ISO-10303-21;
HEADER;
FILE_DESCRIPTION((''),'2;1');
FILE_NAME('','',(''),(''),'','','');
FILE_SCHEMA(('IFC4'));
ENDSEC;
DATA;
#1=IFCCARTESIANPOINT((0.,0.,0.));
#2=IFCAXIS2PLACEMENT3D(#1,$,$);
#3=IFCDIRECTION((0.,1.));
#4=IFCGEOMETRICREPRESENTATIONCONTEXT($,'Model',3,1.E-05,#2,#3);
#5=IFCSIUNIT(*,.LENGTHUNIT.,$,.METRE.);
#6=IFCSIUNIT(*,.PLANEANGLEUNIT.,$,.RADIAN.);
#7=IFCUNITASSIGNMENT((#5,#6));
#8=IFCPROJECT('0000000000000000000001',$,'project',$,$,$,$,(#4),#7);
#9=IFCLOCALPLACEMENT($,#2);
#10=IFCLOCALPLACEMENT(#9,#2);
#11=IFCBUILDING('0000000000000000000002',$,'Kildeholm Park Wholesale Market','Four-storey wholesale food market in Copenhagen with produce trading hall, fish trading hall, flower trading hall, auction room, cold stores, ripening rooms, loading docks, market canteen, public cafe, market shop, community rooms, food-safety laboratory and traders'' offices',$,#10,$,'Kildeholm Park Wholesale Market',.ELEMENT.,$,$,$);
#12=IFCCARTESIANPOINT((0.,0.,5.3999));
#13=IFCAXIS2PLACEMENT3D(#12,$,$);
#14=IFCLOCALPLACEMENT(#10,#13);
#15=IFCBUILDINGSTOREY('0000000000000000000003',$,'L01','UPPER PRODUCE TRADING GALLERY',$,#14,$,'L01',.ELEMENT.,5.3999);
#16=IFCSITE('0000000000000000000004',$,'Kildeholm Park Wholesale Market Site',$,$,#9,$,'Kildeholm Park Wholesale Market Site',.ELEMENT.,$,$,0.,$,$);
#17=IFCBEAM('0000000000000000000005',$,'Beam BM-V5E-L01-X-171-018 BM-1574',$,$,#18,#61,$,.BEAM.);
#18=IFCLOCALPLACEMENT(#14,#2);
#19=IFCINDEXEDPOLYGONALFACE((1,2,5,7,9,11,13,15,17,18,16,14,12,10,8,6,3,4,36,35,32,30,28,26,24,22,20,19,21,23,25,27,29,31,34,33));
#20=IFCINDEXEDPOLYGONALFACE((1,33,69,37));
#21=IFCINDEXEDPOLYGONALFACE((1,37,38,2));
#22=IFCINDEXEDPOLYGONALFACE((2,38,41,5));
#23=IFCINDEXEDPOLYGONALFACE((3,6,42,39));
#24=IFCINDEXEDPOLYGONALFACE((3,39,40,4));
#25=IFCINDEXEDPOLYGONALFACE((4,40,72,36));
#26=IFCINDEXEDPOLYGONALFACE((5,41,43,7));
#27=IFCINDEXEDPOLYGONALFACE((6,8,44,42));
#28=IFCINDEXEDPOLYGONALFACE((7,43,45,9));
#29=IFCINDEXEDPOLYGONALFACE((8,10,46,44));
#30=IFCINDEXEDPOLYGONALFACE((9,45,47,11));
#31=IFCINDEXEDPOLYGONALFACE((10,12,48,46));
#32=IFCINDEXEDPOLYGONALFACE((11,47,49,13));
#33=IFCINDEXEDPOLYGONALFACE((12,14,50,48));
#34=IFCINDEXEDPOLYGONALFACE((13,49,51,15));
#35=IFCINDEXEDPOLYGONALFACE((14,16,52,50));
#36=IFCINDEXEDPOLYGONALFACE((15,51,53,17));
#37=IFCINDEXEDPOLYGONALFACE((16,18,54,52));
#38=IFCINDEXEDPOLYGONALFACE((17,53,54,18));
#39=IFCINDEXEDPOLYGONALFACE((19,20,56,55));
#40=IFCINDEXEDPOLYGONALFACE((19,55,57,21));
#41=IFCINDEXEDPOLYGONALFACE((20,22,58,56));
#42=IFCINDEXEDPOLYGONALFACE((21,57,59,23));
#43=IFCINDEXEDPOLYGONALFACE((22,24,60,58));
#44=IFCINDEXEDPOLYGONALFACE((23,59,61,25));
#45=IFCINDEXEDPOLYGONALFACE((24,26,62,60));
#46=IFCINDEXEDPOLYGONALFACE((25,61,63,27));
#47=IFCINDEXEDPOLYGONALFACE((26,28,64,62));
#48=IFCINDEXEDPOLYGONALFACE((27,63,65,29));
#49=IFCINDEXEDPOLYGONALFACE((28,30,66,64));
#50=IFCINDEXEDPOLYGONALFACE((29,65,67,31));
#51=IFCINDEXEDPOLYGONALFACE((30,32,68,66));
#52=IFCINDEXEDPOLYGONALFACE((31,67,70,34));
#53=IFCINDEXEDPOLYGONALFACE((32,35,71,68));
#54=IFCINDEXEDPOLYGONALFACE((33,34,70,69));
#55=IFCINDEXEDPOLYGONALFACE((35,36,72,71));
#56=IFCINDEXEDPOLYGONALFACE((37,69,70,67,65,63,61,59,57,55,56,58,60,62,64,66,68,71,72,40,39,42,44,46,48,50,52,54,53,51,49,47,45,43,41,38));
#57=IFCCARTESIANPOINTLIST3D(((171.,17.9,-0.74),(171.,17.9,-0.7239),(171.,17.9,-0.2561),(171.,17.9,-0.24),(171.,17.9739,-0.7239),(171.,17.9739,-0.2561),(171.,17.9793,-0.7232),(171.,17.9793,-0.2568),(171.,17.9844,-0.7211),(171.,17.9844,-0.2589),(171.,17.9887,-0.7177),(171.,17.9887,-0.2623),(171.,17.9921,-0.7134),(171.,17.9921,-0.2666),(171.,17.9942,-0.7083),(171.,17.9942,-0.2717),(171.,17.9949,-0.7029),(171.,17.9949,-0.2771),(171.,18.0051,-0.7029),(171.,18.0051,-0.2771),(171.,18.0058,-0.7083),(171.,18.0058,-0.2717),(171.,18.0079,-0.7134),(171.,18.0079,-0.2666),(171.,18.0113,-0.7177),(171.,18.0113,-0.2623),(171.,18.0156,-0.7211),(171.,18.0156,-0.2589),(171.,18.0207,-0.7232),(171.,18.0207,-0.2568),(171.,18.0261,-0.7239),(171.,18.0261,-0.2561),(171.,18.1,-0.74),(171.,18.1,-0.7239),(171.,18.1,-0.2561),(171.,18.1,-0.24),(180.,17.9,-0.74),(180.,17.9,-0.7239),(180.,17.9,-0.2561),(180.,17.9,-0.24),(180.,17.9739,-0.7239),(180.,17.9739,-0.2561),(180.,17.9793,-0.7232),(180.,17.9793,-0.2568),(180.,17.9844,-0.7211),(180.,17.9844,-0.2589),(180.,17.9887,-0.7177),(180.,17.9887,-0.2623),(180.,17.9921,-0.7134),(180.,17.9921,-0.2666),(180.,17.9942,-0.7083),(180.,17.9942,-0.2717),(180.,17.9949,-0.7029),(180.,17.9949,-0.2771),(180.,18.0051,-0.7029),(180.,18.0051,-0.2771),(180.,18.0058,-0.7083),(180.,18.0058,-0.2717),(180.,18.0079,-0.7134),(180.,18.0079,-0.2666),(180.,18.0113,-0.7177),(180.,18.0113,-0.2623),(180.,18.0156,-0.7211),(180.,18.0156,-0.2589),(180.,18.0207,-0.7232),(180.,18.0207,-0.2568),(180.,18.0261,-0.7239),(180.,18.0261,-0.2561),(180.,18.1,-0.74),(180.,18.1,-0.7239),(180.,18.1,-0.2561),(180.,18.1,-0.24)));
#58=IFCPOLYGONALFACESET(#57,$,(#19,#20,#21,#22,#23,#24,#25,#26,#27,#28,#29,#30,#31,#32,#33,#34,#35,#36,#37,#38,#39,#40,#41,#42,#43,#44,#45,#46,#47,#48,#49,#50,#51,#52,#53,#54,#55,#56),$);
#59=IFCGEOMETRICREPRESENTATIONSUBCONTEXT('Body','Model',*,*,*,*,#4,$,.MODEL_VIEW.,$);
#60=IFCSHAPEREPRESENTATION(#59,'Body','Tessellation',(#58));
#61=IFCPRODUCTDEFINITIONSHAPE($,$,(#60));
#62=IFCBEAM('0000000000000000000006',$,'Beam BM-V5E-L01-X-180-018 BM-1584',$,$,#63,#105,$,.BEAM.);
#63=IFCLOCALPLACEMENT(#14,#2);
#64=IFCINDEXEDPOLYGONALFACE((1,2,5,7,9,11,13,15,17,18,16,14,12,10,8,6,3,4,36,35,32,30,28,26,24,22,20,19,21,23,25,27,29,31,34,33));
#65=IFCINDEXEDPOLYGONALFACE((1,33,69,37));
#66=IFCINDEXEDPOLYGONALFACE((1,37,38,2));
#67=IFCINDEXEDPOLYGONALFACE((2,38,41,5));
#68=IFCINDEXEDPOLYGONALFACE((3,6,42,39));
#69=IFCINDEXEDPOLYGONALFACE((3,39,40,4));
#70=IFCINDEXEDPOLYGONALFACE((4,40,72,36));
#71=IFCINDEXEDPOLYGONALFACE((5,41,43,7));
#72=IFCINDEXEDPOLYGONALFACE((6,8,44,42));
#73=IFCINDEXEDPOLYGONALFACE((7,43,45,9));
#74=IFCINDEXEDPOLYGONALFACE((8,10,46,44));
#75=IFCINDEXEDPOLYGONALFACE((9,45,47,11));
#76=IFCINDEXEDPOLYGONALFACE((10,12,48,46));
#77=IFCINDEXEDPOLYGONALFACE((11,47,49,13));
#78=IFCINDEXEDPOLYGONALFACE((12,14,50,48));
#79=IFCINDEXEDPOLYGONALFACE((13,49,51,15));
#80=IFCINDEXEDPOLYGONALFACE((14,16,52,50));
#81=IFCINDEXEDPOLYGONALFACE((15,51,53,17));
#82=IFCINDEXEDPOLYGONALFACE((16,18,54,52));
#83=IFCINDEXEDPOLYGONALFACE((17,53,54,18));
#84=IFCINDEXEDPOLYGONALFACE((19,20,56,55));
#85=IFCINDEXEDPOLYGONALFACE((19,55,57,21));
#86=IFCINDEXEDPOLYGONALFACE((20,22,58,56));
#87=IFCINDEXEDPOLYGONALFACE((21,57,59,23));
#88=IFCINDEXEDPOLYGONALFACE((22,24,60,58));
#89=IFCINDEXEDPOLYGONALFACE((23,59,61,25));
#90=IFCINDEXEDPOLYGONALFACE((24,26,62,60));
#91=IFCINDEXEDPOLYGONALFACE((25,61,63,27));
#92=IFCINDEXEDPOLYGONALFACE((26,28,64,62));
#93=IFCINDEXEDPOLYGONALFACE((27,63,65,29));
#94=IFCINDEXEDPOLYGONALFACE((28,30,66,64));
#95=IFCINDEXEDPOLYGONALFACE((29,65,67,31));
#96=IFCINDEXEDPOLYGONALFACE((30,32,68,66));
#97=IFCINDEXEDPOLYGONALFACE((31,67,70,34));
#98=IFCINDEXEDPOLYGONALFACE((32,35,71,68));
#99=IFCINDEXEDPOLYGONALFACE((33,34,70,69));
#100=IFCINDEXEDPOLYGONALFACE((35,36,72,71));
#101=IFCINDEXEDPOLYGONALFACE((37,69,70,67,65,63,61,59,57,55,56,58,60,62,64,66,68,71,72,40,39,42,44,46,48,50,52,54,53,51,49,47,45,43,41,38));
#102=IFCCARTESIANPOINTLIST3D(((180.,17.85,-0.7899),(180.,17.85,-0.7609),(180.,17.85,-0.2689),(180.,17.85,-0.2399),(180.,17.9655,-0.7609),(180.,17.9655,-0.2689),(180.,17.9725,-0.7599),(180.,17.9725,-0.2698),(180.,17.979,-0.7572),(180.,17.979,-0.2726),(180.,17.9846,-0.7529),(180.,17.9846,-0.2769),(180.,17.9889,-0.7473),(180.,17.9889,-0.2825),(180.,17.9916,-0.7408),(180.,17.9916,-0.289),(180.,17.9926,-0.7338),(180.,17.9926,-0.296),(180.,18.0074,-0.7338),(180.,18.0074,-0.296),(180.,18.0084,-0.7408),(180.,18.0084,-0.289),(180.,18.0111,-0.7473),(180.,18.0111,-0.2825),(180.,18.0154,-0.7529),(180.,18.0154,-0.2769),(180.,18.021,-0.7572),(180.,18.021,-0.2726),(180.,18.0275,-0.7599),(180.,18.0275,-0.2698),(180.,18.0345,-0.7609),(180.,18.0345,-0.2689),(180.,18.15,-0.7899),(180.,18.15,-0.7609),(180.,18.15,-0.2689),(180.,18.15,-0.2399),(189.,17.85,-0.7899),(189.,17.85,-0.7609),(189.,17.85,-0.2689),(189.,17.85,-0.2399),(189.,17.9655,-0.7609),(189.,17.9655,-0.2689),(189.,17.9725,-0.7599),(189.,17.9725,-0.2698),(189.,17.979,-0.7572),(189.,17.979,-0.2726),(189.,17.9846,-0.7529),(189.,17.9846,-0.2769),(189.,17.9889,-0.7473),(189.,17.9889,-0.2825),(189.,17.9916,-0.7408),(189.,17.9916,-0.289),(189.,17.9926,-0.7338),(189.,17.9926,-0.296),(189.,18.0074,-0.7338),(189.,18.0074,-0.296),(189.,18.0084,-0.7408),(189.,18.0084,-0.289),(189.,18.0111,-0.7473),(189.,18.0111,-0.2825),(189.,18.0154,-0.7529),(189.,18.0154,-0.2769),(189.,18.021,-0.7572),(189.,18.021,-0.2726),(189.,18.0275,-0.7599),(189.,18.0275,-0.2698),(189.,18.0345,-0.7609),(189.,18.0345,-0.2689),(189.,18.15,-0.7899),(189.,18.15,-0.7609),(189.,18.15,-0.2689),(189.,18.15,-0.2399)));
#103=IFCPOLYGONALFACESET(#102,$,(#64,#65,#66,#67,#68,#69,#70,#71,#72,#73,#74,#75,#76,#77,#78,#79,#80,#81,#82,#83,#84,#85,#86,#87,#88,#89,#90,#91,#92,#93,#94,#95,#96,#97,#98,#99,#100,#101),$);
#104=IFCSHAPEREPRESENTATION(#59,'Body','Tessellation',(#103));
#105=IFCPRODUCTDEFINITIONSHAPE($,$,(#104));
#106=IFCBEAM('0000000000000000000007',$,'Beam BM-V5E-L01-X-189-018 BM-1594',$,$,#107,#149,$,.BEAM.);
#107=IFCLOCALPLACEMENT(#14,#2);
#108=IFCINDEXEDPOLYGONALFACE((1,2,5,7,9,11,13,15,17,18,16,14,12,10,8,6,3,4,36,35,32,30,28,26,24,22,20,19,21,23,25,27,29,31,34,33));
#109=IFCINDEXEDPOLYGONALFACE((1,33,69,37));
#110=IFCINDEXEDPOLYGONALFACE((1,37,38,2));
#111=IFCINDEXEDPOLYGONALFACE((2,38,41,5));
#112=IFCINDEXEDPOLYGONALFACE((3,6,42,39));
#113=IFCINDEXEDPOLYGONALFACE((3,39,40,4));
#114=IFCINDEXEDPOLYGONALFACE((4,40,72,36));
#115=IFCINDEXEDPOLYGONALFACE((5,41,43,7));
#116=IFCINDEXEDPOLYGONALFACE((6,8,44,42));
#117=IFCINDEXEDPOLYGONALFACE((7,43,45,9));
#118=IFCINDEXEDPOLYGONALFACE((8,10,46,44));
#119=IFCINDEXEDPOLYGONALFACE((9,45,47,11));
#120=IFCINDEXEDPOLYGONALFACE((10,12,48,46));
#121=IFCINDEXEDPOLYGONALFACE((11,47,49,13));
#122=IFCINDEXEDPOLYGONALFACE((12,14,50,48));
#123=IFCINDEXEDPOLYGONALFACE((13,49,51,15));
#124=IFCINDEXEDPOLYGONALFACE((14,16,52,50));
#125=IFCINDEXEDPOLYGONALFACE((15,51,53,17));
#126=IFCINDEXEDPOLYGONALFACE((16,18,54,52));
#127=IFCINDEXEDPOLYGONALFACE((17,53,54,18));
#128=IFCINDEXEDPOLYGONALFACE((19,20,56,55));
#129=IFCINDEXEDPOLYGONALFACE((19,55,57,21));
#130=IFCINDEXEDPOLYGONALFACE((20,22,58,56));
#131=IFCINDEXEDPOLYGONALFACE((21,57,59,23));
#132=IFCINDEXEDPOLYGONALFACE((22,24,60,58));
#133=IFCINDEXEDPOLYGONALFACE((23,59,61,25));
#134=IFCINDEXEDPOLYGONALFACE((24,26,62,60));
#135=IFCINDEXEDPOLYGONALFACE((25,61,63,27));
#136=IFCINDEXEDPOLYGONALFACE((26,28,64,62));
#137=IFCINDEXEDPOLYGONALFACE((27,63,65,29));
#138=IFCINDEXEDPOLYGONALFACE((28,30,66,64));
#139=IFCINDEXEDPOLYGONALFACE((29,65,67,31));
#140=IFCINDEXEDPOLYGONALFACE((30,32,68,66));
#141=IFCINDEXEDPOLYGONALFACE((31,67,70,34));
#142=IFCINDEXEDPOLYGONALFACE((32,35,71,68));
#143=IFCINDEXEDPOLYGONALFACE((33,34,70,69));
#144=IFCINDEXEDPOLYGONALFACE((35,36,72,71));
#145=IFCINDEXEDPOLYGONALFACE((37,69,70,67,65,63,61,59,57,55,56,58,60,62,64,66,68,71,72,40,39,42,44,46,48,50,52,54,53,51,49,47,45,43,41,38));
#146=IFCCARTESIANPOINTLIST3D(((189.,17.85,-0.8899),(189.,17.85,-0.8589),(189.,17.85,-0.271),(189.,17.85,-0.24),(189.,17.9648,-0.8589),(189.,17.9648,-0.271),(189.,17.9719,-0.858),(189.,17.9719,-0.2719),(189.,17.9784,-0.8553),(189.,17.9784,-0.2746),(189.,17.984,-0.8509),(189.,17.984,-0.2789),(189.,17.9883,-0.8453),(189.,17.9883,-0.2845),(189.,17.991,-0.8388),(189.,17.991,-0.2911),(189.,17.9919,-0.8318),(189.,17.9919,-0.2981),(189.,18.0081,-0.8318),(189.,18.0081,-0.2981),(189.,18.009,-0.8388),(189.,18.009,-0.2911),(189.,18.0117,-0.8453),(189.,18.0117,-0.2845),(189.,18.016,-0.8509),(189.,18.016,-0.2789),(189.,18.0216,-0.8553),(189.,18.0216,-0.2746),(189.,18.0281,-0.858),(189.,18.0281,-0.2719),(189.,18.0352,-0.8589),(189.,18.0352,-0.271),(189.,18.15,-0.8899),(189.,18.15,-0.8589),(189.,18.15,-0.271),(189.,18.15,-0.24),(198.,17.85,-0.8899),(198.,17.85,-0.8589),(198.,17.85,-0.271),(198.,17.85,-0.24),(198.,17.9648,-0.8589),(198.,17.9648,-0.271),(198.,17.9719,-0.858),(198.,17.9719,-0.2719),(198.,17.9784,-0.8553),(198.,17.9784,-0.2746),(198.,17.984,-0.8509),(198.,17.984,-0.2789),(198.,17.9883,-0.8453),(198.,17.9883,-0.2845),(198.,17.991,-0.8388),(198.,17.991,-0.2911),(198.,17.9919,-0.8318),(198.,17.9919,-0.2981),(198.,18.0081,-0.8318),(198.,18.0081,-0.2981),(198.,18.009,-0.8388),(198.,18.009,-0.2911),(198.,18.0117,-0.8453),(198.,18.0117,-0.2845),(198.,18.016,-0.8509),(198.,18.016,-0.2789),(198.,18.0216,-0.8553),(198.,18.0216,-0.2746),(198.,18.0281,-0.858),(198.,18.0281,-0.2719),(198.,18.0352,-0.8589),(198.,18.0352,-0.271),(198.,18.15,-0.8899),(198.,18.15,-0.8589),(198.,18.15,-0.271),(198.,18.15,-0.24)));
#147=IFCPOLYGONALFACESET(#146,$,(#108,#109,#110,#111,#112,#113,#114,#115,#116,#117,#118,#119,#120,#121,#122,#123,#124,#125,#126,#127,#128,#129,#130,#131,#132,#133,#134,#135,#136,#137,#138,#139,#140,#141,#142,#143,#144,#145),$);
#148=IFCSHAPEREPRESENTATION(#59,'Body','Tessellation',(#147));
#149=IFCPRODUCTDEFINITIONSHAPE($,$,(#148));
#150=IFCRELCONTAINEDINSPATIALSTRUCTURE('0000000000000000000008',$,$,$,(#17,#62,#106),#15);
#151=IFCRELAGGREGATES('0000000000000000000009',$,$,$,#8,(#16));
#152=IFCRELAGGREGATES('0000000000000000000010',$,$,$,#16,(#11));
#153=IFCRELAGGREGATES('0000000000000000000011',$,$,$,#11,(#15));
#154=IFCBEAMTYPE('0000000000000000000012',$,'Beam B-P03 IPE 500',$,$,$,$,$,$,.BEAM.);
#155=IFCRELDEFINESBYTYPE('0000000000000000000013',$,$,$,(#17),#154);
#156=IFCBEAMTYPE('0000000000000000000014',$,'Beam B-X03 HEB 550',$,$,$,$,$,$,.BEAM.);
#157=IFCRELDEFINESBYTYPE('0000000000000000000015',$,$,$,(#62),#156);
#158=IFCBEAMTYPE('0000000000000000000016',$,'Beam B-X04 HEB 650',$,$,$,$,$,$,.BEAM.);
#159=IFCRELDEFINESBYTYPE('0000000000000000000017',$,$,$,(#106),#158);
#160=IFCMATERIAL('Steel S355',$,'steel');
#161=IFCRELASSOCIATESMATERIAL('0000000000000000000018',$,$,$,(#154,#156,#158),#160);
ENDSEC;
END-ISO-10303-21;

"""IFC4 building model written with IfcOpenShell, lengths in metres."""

from ifc_helpers import new_model, si_unit, direction, frame, origin, origin_2d, place, context, subcontext, project, spatial, i_section, extrude, material, material_profile, profile_set, type_object, element, save


model = new_model("IFC4")

# Units and contexts
model_context = context("Model", 3, precision=1e-05, world=origin(), true_north=direction((0.0, 1.0)))
body_context = subcontext(model_context, "Body", "Model", "MODEL_VIEW")
ifc_project = project(units=[si_unit("LENGTHUNIT", "METRE"), si_unit("PLANEANGLEUNIT", "RADIAN")], contexts=[model_context])

# Site, building, storey
site_placement = place(None, origin())
site = spatial("IfcSite", under=ifc_project, at=site_placement, Name="Kildeholm Park Wholesale Market Site", LongName="Kildeholm Park Wholesale Market Site", CompositionType="ELEMENT", RefElevation=0.0)
building_placement = place(site_placement, origin())
building = spatial("IfcBuilding", under=site, at=building_placement, Name="Kildeholm Park Wholesale Market", Description="Four-storey wholesale food market in Copenhagen with produce trading hall, fish trading hall, flower trading hall, auction room, cold stores, ripening rooms, loading docks, market canteen, public cafe, market shop, community rooms, food-safety laboratory and traders' offices", LongName="Kildeholm Park Wholesale Market", CompositionType="ELEMENT")
storey_placement = place(building_placement, frame((0.0, 0.0, 5.3999)))
storey = spatial("IfcBuildingStorey", under=building, at=storey_placement, Name="L01", Description="UPPER PRODUCE TRADING GALLERY", LongName="L01", CompositionType="ELEMENT", Elevation=5.3999)

# Shared definitions
ifc_material_1 = material(Name="Steel S355", Category="steel")

# Beams
ifc_material_profile_1 = material_profile(ifc_material_1, i_section(OverallWidth=0.2, OverallDepth=0.5, WebThickness=0.0103, FlangeThickness=0.0161, FilletRadius=0.021, at=origin_2d()), Name="IPE 500")
ifc_profile_set_1 = profile_set([ifc_material_profile_1], Name="Steel S355")
beam_type_1 = type_object("IfcBeamType", Name="Beam B-P03 IPE 500", PredefinedType="BEAM", material=ifc_profile_set_1)
beam_1_placement = place(storey_placement, frame((171.0, 18.0, -0.49), z_axis=(1.0, 0.0, 0.0), x_axis=(0.0, 1.0, 0.0)))
element("IfcBeam", 1, at=beam_1_placement, inside=storey, type_object=beam_type_1, Name="Beam BM-V5E-L01-X-171-018 BM-1574", PredefinedType="BEAM", context=body_context, shape_type="SweptSolid", body=[
    extrude(i_section(OverallWidth=0.2, OverallDepth=0.5, WebThickness=0.0103, FlangeThickness=0.0161, FilletRadius=0.021, at=origin_2d()), origin(), (0.0, 0.0, 1.0), 9.0),
])
ifc_material_profile_2 = material_profile(ifc_material_1, i_section(OverallWidth=0.3, OverallDepth=0.55, WebThickness=0.0149, FlangeThickness=0.0291, FilletRadius=0.0271, at=origin_2d()), Name="HEB 550")
ifc_profile_set_2 = profile_set([ifc_material_profile_2], Name="Steel S355")
beam_type_2 = type_object("IfcBeamType", Name="Beam B-X03 HEB 550", PredefinedType="BEAM", material=ifc_profile_set_2)
beam_2_placement = place(storey_placement, frame((180.0, 18.0, -0.5149), z_axis=(1.0, 0.0, 0.0), x_axis=(0.0, 1.0, 0.0)))
element("IfcBeam", 2, at=beam_2_placement, inside=storey, type_object=beam_type_2, Name="Beam BM-V5E-L01-X-180-018 BM-1584", PredefinedType="BEAM", context=body_context, shape_type="SweptSolid", body=[
    extrude(i_section(OverallWidth=0.3, OverallDepth=0.55, WebThickness=0.0149, FlangeThickness=0.0291, FilletRadius=0.0271, at=origin_2d()), origin(), (0.0, 0.0, 1.0), 9.0),
])
ifc_material_profile_3 = material_profile(ifc_material_1, i_section(OverallWidth=0.3, OverallDepth=0.6499, WebThickness=0.0161, FlangeThickness=0.031, FilletRadius=0.0271, at=origin_2d()), Name="HEB 650")
ifc_profile_set_3 = profile_set([ifc_material_profile_3], Name="Steel S355")
beam_type_3 = type_object("IfcBeamType", Name="Beam B-X04 HEB 650", PredefinedType="BEAM", material=ifc_profile_set_3)
beam_3_placement = place(storey_placement, frame((189.0, 18.0, -0.5649), z_axis=(1.0, 0.0, 0.0), x_axis=(0.0, 1.0, 0.0)))
element("IfcBeam", 3, at=beam_3_placement, inside=storey, type_object=beam_type_3, Name="Beam BM-V5E-L01-X-189-018 BM-1594", PredefinedType="BEAM", context=body_context, shape_type="SweptSolid", body=[
    extrude(i_section(OverallWidth=0.3, OverallDepth=0.6499, WebThickness=0.0161, FlangeThickness=0.031, FilletRadius=0.0271, at=origin_2d()), origin(), (0.0, 0.0, 1.0), 9.0),
])

save(model, "model.ifc")
